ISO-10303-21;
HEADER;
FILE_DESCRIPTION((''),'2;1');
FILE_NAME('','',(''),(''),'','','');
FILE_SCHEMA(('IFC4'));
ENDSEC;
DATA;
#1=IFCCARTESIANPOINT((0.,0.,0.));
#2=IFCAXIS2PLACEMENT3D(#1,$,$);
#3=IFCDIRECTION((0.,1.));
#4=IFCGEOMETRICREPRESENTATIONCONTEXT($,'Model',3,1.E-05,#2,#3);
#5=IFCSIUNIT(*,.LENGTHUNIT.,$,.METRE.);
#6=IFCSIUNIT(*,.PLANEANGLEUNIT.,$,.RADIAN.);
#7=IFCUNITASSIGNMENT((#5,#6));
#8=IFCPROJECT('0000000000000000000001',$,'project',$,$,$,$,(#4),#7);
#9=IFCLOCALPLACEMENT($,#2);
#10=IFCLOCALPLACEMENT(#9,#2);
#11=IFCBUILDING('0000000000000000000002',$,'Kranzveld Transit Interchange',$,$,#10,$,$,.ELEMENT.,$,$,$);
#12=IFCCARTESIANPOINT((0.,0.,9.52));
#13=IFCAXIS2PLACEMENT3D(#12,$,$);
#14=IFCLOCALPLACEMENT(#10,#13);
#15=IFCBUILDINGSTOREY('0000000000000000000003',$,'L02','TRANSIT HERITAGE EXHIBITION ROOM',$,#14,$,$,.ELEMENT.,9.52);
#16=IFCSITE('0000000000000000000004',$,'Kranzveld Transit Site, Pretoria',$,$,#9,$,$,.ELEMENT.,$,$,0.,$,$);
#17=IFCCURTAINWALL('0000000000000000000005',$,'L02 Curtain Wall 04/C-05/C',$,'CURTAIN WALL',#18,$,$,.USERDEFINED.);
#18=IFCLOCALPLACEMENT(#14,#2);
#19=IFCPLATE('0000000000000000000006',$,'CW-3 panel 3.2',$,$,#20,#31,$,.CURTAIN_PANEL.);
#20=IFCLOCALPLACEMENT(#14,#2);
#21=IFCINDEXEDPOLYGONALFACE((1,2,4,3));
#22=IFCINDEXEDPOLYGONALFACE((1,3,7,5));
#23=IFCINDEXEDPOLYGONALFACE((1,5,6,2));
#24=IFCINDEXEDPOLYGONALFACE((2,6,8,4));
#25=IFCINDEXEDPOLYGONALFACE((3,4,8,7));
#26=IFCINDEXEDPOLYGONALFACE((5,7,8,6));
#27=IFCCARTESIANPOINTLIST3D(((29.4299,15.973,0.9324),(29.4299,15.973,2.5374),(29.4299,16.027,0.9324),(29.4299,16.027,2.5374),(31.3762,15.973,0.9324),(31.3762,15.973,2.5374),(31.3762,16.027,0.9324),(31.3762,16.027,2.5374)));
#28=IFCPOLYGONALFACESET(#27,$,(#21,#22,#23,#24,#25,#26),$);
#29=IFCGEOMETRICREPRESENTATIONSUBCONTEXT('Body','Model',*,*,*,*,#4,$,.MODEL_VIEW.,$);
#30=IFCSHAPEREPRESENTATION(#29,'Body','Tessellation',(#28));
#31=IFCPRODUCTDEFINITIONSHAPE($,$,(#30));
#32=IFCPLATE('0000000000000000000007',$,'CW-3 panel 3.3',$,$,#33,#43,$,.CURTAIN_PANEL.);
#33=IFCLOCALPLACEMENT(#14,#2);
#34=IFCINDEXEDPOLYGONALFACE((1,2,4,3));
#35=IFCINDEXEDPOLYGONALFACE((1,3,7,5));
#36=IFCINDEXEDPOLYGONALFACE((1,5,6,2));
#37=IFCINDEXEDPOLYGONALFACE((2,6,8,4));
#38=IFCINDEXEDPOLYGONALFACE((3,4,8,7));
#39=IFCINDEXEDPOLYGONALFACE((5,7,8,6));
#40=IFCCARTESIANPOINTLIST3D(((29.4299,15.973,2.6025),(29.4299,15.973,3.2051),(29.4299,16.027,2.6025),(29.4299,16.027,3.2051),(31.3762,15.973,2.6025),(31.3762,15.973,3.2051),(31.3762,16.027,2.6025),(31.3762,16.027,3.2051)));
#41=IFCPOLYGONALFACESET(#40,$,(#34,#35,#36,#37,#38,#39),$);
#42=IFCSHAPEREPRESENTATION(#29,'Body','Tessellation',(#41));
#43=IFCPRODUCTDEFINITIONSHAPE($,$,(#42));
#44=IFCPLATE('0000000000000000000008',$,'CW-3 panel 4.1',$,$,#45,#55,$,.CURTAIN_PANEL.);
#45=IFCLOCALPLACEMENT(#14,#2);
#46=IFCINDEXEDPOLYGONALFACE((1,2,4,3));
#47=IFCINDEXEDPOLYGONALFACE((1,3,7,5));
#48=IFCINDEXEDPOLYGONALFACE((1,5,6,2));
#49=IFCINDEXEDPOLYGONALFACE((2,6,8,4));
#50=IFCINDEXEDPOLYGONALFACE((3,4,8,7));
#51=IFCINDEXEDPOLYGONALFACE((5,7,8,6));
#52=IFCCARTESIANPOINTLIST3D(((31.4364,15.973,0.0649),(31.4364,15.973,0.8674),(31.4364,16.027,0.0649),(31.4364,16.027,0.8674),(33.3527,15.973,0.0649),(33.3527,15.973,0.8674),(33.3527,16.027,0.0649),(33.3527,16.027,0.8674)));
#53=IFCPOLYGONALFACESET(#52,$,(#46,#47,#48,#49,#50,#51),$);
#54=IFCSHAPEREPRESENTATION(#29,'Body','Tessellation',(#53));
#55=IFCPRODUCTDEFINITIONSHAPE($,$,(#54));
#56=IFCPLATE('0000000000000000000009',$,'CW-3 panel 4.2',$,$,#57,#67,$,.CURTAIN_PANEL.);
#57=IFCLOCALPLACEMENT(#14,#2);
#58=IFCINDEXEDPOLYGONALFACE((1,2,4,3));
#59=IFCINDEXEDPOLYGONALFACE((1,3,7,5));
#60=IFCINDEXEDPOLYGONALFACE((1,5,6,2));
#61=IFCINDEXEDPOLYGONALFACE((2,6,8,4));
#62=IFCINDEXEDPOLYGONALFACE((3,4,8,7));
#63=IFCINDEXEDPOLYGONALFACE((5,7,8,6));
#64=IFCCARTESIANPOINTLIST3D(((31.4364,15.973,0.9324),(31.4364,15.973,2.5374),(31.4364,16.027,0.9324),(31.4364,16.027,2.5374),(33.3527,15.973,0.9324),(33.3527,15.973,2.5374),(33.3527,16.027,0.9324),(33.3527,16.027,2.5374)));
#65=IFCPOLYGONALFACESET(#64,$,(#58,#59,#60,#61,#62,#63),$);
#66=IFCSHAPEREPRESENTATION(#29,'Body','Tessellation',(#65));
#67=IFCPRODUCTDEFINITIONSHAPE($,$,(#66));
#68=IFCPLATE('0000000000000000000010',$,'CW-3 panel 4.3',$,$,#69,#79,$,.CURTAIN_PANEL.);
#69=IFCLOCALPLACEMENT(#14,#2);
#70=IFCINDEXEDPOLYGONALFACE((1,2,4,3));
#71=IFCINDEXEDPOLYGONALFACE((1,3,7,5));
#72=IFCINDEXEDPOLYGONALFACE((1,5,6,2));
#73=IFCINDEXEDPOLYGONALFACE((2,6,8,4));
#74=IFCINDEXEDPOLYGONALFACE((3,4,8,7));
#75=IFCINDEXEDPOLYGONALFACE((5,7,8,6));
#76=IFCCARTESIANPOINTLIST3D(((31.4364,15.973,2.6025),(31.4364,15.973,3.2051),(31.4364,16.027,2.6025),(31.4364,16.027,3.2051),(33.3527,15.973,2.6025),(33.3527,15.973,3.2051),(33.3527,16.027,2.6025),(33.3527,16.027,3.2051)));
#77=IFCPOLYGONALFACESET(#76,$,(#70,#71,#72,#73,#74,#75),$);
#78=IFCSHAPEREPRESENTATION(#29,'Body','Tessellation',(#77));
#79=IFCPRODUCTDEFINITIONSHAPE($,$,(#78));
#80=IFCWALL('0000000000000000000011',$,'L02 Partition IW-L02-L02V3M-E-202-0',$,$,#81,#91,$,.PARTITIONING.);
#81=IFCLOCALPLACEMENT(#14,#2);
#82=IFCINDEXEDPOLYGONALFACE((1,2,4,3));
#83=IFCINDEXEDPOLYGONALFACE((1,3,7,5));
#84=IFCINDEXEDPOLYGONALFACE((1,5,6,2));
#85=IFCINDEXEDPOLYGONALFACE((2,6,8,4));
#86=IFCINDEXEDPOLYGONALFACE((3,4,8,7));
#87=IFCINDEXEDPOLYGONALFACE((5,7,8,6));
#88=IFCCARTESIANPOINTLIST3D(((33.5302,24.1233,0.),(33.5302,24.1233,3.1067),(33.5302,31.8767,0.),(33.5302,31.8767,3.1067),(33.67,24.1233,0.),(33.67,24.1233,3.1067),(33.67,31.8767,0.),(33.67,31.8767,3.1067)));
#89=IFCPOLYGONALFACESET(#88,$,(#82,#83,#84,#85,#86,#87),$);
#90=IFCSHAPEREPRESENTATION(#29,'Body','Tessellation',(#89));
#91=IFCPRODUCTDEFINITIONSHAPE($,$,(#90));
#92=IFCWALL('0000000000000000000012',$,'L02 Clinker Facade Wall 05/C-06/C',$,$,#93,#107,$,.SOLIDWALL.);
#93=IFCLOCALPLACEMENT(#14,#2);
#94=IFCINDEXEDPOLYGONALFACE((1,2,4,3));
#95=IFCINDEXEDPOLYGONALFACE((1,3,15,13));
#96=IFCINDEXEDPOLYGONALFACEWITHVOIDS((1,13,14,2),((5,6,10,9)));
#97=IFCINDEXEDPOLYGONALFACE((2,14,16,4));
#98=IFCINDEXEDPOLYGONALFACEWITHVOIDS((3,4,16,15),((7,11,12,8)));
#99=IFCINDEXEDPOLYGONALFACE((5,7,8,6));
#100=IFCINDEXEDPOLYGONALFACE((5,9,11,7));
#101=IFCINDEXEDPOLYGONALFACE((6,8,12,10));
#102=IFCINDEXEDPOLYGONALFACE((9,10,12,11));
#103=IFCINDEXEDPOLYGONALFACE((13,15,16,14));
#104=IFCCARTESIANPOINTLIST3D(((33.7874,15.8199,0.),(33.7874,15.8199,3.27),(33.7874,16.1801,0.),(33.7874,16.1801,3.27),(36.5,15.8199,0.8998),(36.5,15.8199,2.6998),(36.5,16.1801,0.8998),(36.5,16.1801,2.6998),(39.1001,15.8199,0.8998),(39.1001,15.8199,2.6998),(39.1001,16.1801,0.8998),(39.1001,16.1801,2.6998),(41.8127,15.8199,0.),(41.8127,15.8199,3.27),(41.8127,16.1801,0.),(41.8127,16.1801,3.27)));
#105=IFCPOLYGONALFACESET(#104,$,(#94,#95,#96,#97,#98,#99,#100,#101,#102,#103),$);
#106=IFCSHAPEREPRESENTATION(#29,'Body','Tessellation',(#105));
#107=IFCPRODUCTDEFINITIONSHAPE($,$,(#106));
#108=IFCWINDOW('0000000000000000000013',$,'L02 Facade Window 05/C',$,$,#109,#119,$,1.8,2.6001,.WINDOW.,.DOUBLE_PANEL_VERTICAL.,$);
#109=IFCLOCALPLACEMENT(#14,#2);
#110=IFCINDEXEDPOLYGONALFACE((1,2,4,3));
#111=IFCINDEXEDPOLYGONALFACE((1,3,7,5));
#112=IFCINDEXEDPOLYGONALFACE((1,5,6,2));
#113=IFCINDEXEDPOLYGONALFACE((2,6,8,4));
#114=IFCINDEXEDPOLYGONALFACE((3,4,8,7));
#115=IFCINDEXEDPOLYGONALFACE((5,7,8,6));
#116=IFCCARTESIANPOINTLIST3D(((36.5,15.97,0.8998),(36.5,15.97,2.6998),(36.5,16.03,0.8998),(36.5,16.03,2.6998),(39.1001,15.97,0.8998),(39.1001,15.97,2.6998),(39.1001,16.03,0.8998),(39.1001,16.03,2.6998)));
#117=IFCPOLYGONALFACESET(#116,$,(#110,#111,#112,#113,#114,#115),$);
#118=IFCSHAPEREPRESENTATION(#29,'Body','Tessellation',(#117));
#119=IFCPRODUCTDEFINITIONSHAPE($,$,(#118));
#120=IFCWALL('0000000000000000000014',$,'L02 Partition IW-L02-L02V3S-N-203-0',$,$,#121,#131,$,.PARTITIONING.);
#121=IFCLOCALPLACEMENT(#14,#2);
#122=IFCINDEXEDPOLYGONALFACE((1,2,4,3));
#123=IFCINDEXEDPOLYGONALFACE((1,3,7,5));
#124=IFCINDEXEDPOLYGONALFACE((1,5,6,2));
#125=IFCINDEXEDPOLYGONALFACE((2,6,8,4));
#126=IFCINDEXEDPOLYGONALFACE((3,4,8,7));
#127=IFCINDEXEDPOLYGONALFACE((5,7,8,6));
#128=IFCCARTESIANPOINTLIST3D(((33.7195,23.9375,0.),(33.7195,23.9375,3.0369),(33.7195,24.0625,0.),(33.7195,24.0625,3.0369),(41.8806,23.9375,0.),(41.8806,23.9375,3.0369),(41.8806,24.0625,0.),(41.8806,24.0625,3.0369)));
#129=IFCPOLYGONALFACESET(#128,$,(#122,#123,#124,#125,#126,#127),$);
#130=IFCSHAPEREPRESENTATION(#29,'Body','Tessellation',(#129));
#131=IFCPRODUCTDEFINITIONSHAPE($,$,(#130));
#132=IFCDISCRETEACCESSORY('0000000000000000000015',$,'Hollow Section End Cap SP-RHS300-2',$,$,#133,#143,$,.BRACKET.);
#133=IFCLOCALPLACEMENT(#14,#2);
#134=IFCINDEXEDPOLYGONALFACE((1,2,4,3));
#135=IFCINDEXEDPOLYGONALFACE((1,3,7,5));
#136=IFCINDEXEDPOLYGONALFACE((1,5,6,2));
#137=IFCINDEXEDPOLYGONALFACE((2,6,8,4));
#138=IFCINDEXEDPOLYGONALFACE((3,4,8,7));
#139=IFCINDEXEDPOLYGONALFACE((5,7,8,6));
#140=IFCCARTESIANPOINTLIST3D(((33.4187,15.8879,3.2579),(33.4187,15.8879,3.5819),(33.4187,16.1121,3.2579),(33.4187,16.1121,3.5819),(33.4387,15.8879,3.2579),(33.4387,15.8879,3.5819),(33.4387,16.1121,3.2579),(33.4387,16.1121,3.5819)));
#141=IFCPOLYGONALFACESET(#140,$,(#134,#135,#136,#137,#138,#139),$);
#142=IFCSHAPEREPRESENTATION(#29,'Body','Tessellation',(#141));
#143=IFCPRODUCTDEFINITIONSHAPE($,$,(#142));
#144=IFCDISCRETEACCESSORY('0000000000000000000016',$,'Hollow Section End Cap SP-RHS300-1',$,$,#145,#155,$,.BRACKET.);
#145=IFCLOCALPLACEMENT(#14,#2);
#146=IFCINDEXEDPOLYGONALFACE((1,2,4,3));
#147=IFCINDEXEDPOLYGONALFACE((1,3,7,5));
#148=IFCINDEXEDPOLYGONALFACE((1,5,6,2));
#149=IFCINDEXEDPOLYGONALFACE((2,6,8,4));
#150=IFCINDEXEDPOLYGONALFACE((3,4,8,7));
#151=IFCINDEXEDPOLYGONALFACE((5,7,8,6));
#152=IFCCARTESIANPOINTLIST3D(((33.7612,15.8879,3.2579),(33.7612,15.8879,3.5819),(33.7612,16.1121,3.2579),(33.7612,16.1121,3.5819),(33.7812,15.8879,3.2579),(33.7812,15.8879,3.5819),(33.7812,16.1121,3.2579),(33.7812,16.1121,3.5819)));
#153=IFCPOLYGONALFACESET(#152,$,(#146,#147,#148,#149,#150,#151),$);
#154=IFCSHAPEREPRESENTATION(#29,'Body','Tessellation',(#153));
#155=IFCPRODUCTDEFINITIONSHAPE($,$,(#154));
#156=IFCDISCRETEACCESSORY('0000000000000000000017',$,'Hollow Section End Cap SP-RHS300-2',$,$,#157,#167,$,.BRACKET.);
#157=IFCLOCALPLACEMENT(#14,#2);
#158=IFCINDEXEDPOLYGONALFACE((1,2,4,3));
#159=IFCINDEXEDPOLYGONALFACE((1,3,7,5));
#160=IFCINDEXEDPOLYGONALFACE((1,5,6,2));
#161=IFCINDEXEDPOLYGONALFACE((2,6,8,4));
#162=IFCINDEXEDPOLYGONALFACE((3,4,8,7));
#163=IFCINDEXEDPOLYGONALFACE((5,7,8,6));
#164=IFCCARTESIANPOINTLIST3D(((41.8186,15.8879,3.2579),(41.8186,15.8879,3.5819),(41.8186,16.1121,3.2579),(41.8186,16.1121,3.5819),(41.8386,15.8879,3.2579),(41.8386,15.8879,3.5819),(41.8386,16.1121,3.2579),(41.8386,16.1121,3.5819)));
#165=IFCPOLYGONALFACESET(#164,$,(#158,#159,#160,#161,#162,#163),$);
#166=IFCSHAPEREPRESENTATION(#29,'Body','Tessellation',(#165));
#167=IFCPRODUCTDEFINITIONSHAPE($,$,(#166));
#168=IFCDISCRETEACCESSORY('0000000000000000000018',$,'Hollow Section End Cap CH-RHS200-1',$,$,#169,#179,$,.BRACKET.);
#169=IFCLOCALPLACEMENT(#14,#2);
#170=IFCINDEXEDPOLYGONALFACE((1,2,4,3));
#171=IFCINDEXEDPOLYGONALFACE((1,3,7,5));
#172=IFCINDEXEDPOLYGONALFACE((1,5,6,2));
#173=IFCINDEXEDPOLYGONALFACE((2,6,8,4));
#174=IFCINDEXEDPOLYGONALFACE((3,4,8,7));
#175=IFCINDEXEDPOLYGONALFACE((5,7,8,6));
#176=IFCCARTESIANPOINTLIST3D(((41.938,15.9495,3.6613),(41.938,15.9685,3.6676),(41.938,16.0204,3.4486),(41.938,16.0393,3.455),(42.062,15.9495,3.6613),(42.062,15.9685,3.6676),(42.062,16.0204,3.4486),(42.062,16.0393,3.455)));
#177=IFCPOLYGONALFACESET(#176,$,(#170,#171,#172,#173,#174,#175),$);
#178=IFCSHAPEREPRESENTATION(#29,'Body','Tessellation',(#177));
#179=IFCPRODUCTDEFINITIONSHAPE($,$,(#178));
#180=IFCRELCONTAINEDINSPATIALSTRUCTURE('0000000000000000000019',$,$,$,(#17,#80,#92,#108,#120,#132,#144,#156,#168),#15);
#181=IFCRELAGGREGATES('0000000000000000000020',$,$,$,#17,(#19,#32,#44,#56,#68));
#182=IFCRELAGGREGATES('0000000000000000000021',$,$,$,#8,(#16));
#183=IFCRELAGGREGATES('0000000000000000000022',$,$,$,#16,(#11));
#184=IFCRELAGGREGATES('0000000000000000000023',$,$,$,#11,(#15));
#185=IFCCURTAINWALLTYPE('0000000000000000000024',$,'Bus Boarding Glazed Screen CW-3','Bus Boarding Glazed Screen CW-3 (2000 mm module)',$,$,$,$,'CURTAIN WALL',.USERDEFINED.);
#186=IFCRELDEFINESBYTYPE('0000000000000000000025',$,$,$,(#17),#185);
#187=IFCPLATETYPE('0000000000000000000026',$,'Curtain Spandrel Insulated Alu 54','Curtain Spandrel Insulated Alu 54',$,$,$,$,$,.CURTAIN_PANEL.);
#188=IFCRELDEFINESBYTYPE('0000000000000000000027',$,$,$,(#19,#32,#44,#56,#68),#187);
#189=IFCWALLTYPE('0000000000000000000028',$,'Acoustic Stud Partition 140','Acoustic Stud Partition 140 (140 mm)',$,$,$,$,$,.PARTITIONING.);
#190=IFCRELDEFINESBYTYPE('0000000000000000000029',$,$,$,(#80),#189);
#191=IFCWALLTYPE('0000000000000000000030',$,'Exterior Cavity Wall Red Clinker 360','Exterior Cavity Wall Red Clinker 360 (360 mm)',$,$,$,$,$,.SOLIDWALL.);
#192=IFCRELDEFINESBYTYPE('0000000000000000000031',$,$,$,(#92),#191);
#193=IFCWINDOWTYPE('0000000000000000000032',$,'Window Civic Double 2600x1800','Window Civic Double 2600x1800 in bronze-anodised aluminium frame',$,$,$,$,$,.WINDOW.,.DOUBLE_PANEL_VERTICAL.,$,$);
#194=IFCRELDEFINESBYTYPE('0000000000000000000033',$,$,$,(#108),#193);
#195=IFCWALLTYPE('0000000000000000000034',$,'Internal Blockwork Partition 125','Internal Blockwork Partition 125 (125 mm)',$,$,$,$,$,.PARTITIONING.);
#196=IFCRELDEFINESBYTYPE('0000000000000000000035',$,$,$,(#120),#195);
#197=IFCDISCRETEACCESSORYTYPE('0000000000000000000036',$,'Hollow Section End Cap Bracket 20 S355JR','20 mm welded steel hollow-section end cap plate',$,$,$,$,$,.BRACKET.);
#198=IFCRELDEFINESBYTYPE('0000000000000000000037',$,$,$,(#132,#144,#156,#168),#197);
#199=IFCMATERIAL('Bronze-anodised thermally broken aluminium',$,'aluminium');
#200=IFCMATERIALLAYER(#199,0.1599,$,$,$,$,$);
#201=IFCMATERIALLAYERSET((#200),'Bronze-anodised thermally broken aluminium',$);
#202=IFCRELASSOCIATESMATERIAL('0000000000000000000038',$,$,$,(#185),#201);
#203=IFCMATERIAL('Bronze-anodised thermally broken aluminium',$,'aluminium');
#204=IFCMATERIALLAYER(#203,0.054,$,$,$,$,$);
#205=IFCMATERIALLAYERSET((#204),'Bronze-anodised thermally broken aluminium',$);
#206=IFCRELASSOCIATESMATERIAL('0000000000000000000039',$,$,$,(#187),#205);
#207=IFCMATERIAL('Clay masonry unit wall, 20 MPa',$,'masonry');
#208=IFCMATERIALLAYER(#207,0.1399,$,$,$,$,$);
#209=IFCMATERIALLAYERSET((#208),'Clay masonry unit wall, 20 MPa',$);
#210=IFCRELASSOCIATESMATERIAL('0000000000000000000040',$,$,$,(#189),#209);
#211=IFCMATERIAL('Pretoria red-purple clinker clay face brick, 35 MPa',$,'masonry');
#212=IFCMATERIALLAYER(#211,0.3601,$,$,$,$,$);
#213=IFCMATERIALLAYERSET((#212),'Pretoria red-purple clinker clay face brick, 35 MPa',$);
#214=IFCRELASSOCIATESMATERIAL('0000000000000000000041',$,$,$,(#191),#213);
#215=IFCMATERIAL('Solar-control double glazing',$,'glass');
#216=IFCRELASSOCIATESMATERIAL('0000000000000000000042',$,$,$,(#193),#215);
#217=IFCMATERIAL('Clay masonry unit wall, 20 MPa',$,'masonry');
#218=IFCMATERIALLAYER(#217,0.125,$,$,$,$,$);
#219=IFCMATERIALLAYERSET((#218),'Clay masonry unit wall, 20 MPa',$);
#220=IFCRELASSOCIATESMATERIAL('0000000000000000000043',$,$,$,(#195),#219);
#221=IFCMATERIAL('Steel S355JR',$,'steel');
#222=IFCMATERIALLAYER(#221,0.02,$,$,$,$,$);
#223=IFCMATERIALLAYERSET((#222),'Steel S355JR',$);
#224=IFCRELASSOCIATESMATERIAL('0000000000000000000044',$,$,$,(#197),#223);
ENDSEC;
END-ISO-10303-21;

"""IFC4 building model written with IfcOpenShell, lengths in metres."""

from ifc_helpers import new_model, si_unit, direction, frame, frame_2d, origin, origin_2d, place, context, subcontext, project, spatial, rectangle, extrude, material, layer, layer_set, type_object, element, fill, aggregate, save


model = new_model("IFC4")

# Units and contexts
model_context = context("Model", 3, precision=1e-05, world=origin(), true_north=direction((0.0, 1.0)))
body_context = subcontext(model_context, "Body", "Model", "MODEL_VIEW")
ifc_project = project(units=[si_unit("LENGTHUNIT", "METRE"), si_unit("PLANEANGLEUNIT", "RADIAN")], contexts=[model_context])

# Site, building, storey
site_placement = place(None, origin())
site = spatial("IfcSite", under=ifc_project, at=site_placement, Name="Kranzveld Transit Site, Pretoria", CompositionType="ELEMENT", RefElevation=0.0)
building_placement = place(site_placement, origin())
building = spatial("IfcBuilding", under=site, at=building_placement, Name="Kranzveld Transit Interchange", CompositionType="ELEMENT")
storey_placement = place(building_placement, frame((0.0, 0.0, 9.52)))
storey = spatial("IfcBuildingStorey", under=building, at=storey_placement, Name="L02", Description="TRANSIT HERITAGE EXHIBITION ROOM", CompositionType="ELEMENT", Elevation=9.52)

# Curtain wall
ifc_material_1 = material(Name="Bronze-anodised thermally broken aluminium", Category="aluminium")
ifc_layer_1 = layer(ifc_material_1, 0.1599)
ifc_layer_set_1 = layer_set([ifc_layer_1], Name="Bronze-anodised thermally broken aluminium")
curtain_wall_type = type_object("IfcCurtainWallType", Name="Bus Boarding Glazed Screen CW-3", Description="Bus Boarding Glazed Screen CW-3 (2000 mm module)", ElementType="CURTAIN WALL", PredefinedType="USERDEFINED", material=ifc_layer_set_1)
curtain_wall_placement = place(storey_placement, origin())
curtain_wall = element("IfcCurtainWall", 1, at=curtain_wall_placement, inside=storey, type_object=curtain_wall_type, Name="L02 Curtain Wall 04/C-05/C", ObjectType="CURTAIN WALL", PredefinedType="USERDEFINED")

# Plates
ifc_material_2 = material(Name="Bronze-anodised thermally broken aluminium", Category="aluminium")
ifc_layer_2 = layer(ifc_material_2, 0.054)
ifc_layer_set_2 = layer_set([ifc_layer_2], Name="Bronze-anodised thermally broken aluminium")
plate_type = type_object("IfcPlateType", Name="Curtain Spandrel Insulated Alu 54", Description="Curtain Spandrel Insulated Alu 54", PredefinedType="CURTAIN_PANEL", material=ifc_layer_set_2)
plate_1_placement = place(storey_placement, frame((30.4031, 16.0, 0.9324), z_axis=(0.0, 0.0, 1.0), x_axis=(1.0, 0.0, 0.0)))
plate_1 = element("IfcPlate", 2, at=plate_1_placement, type_object=plate_type, Name="CW-3 panel 3.2", PredefinedType="CURTAIN_PANEL", context=body_context, shape_type="SweptSolid", body=[
    extrude(rectangle(XDim=1.9463, YDim=0.054, at=origin_2d()), origin(), (0.0, 0.0, 1.0), 1.605),
])
plate_2_placement = place(storey_placement, frame((30.4031, 16.0, 2.6025), z_axis=(0.0, 0.0, 1.0), x_axis=(1.0, 0.0, 0.0)))
plate_2 = element("IfcPlate", 3, at=plate_2_placement, type_object=plate_type, Name="CW-3 panel 3.3", PredefinedType="CURTAIN_PANEL", context=body_context, shape_type="SweptSolid", body=[
    extrude(rectangle(XDim=1.9463, YDim=0.054, at=origin_2d()), origin(), (0.0, 0.0, 1.0), 0.6025),
])
plate_3_placement = place(storey_placement, frame((32.3945, 16.0, 0.0649), z_axis=(0.0, 0.0, 1.0), x_axis=(1.0, 0.0, 0.0)))
plate_3 = element("IfcPlate", 4, at=plate_3_placement, type_object=plate_type, Name="CW-3 panel 4.1", PredefinedType="CURTAIN_PANEL", context=body_context, shape_type="SweptSolid", body=[
    extrude(rectangle(XDim=1.9163, YDim=0.054, at=origin_2d()), origin(), (0.0, 0.0, 1.0), 0.8025),
])
plate_4_placement = place(storey_placement, frame((32.3945, 16.0, 0.9324), z_axis=(0.0, 0.0, 1.0), x_axis=(1.0, 0.0, 0.0)))
plate_4 = element("IfcPlate", 5, at=plate_4_placement, type_object=plate_type, Name="CW-3 panel 4.2", PredefinedType="CURTAIN_PANEL", context=body_context, shape_type="SweptSolid", body=[
    extrude(rectangle(XDim=1.9163, YDim=0.054, at=origin_2d()), origin(), (0.0, 0.0, 1.0), 1.605),
])
plate_5_placement = place(storey_placement, frame((32.3945, 16.0, 2.6025), z_axis=(0.0, 0.0, 1.0), x_axis=(1.0, 0.0, 0.0)))
plate_5 = element("IfcPlate", 6, at=plate_5_placement, type_object=plate_type, Name="CW-3 panel 4.3", PredefinedType="CURTAIN_PANEL", context=body_context, shape_type="SweptSolid", body=[
    extrude(rectangle(XDim=1.9163, YDim=0.054, at=origin_2d()), origin(), (0.0, 0.0, 1.0), 0.6025),
])
aggregate(curtain_wall, [plate_1, plate_2, plate_3, plate_4, plate_5])

# Wall
ifc_material_3 = material(Name="Clay masonry unit wall, 20 MPa", Category="masonry")
ifc_layer_3 = layer(ifc_material_3, 0.1399)
ifc_layer_set_3 = layer_set([ifc_layer_3], Name="Clay masonry unit wall, 20 MPa")
wall_type_1 = type_object("IfcWallType", Name="Acoustic Stud Partition 140", Description="Acoustic Stud Partition 140 (140 mm)", PredefinedType="PARTITIONING", material=ifc_layer_set_3)
wall_1_placement = place(storey_placement, frame((33.6001, 24.1233, 0.0), z_axis=(0.0, 0.0, 1.0), x_axis=(0.0, 1.0, 0.0)))
element("IfcWall", 7, at=wall_1_placement, inside=storey, type_object=wall_type_1, Name="L02 Partition IW-L02-L02V3M-E-202-0", PredefinedType="PARTITIONING", context=body_context, shape_type="SweptSolid", body=[
    extrude(rectangle(XDim=7.7534, YDim=0.1399, at=frame_2d((3.8767, 0.0))), origin(), (0.0, 0.0, 1.0), 3.1067),
])

# Wall, opening, window
ifc_material_4 = material(Name="Pretoria red-purple clinker clay face brick, 35 MPa", Category="masonry")
ifc_layer_4 = layer(ifc_material_4, 0.3601)
ifc_layer_set_4 = layer_set([ifc_layer_4], Name="Pretoria red-purple clinker clay face brick, 35 MPa")
wall_type_2 = type_object("IfcWallType", Name="Exterior Cavity Wall Red Clinker 360", Description="Exterior Cavity Wall Red Clinker 360 (360 mm)", PredefinedType="SOLIDWALL", material=ifc_layer_set_4)
wall_2_placement = place(storey_placement, frame((33.7874, 16.0, 0.0), z_axis=(0.0, 0.0, 1.0), x_axis=(1.0, 0.0, 0.0)))
wall_2 = element("IfcWall", 8, at=wall_2_placement, inside=storey, type_object=wall_type_2, Name="L02 Clinker Facade Wall 05/C-06/C", PredefinedType="SOLIDWALL", context=body_context, shape_type="SweptSolid", body=[
    extrude(rectangle(XDim=8.0254, YDim=0.3601, at=frame_2d((4.0127, 0.0))), origin(), (0.0, 0.0, 1.0), 3.27),
])
opening_placement = place(wall_2_placement, frame((2.7126, 0.0, 0.8999), z_axis=(0.0, 0.0, 1.0), x_axis=(1.0, 0.0, 0.0)))
opening = element("IfcOpeningElement", 9, at=opening_placement, cuts=wall_2, PredefinedType="OPENING", context=body_context, shape_type="SweptSolid", body=[
    extrude(rectangle(XDim=2.6001, YDim=1.8, at=frame_2d((1.3, 0.8999))), frame((0.0, 0.1899, 0.0), z_axis=(0.0, -1.0, 0.0), x_axis=(1.0, 0.0, 0.0)), (0.0, 0.0, 1.0), 0.3801),
])
ifc_material_5 = material(Name="Solar-control double glazing", Category="glass")
window_type = type_object("IfcWindowType", Name="Window Civic Double 2600x1800", Description="Window Civic Double 2600x1800 in bronze-anodised aluminium frame", PartitioningType="DOUBLE_PANEL_VERTICAL", PredefinedType="WINDOW", material=ifc_material_5)
window_placement = place(opening_placement, origin())
window = element("IfcWindow", 10, at=window_placement, inside=storey, type_object=window_type, Name="L02 Facade Window 05/C", OverallHeight=1.8, OverallWidth=2.6001, PartitioningType="DOUBLE_PANEL_VERTICAL", PredefinedType="WINDOW", context=body_context, shape_type="SweptSolid", body=[
    extrude(rectangle(XDim=2.6001, YDim=1.8, at=frame_2d((1.3, 0.8999))), frame((0.0, 0.03, 0.0), z_axis=(0.0, -1.0, 0.0), x_axis=(1.0, 0.0, 0.0)), (0.0, 0.0, 1.0), 0.0601),
])
fill(opening, window)

# Wall
ifc_material_6 = material(Name="Clay masonry unit wall, 20 MPa", Category="masonry")
ifc_layer_5 = layer(ifc_material_6, 0.125)
ifc_layer_set_5 = layer_set([ifc_layer_5], Name="Clay masonry unit wall, 20 MPa")
wall_type_3 = type_object("IfcWallType", Name="Internal Blockwork Partition 125", Description="Internal Blockwork Partition 125 (125 mm)", PredefinedType="PARTITIONING", material=ifc_layer_set_5)
wall_3_placement = place(storey_placement, frame((33.7195, 24.0, 0.0), z_axis=(0.0, 0.0, 1.0), x_axis=(1.0, 0.0, 0.0)))
element("IfcWall", 11, at=wall_3_placement, inside=storey, type_object=wall_type_3, Name="L02 Partition IW-L02-L02V3S-N-203-0", PredefinedType="PARTITIONING", context=body_context, shape_type="SweptSolid", body=[
    extrude(rectangle(XDim=8.1611, YDim=0.125, at=frame_2d((4.0806, 0.0))), origin(), (0.0, 0.0, 1.0), 3.0369),
])

# Discrete accessories
ifc_material_7 = material(Name="Steel S355JR", Category="steel")
ifc_layer_6 = layer(ifc_material_7, 0.02)
ifc_layer_set_6 = layer_set([ifc_layer_6], Name="Steel S355JR")
discrete_accessory_type = type_object("IfcDiscreteAccessoryType", Name="Hollow Section End Cap Bracket 20 S355JR", Description="20 mm welded steel hollow-section end cap plate", PredefinedType="BRACKET", material=ifc_layer_set_6)
for number, where, z_axis, x_axis, name in (
    (12, (33.4187, 16.0, 3.4199), (1.0, 0.0, 0.0), (0.0, 1.0, 0.0), "Hollow Section End Cap SP-RHS300-2"),
    (13, (33.7812, 16.0, 3.4199), (-1.0, 0.0, 0.0), (0.0, -1.0, 0.0), "Hollow Section End Cap SP-RHS300-1"),
    (14, (41.8186, 16.0, 3.4199), (1.0, 0.0, 0.0), (0.0, 1.0, 0.0), "Hollow Section End Cap SP-RHS300-2"),
):
    element("IfcDiscreteAccessory", number, at=place(storey_placement, frame(where, z_axis=z_axis, x_axis=x_axis)), inside=storey, type_object=discrete_accessory_type, Name=name, PredefinedType="BRACKET", context=body_context, shape_type="SweptSolid", body=[
        extrude(rectangle(XDim=0.2241, YDim=0.324, at=origin_2d()), origin(), (0.0, 0.0, 1.0), 0.02),
    ])
discrete_accessory_placement = place(storey_placement, frame((42.0, 16.0039, 3.5613), z_axis=(0.0, -0.948683, -0.316228), x_axis=(1.0, 0.0, 0.0)))
element("IfcDiscreteAccessory", 15, at=discrete_accessory_placement, inside=storey, type_object=discrete_accessory_type, Name="Hollow Section End Cap CH-RHS200-1", PredefinedType="BRACKET", context=body_context, shape_type="SweptSolid", body=[
    extrude(rectangle(XDim=0.124, YDim=0.2241, at=origin_2d()), origin(), (0.0, 0.0, 1.0), 0.02),
])

save(model, "model.ifc")
